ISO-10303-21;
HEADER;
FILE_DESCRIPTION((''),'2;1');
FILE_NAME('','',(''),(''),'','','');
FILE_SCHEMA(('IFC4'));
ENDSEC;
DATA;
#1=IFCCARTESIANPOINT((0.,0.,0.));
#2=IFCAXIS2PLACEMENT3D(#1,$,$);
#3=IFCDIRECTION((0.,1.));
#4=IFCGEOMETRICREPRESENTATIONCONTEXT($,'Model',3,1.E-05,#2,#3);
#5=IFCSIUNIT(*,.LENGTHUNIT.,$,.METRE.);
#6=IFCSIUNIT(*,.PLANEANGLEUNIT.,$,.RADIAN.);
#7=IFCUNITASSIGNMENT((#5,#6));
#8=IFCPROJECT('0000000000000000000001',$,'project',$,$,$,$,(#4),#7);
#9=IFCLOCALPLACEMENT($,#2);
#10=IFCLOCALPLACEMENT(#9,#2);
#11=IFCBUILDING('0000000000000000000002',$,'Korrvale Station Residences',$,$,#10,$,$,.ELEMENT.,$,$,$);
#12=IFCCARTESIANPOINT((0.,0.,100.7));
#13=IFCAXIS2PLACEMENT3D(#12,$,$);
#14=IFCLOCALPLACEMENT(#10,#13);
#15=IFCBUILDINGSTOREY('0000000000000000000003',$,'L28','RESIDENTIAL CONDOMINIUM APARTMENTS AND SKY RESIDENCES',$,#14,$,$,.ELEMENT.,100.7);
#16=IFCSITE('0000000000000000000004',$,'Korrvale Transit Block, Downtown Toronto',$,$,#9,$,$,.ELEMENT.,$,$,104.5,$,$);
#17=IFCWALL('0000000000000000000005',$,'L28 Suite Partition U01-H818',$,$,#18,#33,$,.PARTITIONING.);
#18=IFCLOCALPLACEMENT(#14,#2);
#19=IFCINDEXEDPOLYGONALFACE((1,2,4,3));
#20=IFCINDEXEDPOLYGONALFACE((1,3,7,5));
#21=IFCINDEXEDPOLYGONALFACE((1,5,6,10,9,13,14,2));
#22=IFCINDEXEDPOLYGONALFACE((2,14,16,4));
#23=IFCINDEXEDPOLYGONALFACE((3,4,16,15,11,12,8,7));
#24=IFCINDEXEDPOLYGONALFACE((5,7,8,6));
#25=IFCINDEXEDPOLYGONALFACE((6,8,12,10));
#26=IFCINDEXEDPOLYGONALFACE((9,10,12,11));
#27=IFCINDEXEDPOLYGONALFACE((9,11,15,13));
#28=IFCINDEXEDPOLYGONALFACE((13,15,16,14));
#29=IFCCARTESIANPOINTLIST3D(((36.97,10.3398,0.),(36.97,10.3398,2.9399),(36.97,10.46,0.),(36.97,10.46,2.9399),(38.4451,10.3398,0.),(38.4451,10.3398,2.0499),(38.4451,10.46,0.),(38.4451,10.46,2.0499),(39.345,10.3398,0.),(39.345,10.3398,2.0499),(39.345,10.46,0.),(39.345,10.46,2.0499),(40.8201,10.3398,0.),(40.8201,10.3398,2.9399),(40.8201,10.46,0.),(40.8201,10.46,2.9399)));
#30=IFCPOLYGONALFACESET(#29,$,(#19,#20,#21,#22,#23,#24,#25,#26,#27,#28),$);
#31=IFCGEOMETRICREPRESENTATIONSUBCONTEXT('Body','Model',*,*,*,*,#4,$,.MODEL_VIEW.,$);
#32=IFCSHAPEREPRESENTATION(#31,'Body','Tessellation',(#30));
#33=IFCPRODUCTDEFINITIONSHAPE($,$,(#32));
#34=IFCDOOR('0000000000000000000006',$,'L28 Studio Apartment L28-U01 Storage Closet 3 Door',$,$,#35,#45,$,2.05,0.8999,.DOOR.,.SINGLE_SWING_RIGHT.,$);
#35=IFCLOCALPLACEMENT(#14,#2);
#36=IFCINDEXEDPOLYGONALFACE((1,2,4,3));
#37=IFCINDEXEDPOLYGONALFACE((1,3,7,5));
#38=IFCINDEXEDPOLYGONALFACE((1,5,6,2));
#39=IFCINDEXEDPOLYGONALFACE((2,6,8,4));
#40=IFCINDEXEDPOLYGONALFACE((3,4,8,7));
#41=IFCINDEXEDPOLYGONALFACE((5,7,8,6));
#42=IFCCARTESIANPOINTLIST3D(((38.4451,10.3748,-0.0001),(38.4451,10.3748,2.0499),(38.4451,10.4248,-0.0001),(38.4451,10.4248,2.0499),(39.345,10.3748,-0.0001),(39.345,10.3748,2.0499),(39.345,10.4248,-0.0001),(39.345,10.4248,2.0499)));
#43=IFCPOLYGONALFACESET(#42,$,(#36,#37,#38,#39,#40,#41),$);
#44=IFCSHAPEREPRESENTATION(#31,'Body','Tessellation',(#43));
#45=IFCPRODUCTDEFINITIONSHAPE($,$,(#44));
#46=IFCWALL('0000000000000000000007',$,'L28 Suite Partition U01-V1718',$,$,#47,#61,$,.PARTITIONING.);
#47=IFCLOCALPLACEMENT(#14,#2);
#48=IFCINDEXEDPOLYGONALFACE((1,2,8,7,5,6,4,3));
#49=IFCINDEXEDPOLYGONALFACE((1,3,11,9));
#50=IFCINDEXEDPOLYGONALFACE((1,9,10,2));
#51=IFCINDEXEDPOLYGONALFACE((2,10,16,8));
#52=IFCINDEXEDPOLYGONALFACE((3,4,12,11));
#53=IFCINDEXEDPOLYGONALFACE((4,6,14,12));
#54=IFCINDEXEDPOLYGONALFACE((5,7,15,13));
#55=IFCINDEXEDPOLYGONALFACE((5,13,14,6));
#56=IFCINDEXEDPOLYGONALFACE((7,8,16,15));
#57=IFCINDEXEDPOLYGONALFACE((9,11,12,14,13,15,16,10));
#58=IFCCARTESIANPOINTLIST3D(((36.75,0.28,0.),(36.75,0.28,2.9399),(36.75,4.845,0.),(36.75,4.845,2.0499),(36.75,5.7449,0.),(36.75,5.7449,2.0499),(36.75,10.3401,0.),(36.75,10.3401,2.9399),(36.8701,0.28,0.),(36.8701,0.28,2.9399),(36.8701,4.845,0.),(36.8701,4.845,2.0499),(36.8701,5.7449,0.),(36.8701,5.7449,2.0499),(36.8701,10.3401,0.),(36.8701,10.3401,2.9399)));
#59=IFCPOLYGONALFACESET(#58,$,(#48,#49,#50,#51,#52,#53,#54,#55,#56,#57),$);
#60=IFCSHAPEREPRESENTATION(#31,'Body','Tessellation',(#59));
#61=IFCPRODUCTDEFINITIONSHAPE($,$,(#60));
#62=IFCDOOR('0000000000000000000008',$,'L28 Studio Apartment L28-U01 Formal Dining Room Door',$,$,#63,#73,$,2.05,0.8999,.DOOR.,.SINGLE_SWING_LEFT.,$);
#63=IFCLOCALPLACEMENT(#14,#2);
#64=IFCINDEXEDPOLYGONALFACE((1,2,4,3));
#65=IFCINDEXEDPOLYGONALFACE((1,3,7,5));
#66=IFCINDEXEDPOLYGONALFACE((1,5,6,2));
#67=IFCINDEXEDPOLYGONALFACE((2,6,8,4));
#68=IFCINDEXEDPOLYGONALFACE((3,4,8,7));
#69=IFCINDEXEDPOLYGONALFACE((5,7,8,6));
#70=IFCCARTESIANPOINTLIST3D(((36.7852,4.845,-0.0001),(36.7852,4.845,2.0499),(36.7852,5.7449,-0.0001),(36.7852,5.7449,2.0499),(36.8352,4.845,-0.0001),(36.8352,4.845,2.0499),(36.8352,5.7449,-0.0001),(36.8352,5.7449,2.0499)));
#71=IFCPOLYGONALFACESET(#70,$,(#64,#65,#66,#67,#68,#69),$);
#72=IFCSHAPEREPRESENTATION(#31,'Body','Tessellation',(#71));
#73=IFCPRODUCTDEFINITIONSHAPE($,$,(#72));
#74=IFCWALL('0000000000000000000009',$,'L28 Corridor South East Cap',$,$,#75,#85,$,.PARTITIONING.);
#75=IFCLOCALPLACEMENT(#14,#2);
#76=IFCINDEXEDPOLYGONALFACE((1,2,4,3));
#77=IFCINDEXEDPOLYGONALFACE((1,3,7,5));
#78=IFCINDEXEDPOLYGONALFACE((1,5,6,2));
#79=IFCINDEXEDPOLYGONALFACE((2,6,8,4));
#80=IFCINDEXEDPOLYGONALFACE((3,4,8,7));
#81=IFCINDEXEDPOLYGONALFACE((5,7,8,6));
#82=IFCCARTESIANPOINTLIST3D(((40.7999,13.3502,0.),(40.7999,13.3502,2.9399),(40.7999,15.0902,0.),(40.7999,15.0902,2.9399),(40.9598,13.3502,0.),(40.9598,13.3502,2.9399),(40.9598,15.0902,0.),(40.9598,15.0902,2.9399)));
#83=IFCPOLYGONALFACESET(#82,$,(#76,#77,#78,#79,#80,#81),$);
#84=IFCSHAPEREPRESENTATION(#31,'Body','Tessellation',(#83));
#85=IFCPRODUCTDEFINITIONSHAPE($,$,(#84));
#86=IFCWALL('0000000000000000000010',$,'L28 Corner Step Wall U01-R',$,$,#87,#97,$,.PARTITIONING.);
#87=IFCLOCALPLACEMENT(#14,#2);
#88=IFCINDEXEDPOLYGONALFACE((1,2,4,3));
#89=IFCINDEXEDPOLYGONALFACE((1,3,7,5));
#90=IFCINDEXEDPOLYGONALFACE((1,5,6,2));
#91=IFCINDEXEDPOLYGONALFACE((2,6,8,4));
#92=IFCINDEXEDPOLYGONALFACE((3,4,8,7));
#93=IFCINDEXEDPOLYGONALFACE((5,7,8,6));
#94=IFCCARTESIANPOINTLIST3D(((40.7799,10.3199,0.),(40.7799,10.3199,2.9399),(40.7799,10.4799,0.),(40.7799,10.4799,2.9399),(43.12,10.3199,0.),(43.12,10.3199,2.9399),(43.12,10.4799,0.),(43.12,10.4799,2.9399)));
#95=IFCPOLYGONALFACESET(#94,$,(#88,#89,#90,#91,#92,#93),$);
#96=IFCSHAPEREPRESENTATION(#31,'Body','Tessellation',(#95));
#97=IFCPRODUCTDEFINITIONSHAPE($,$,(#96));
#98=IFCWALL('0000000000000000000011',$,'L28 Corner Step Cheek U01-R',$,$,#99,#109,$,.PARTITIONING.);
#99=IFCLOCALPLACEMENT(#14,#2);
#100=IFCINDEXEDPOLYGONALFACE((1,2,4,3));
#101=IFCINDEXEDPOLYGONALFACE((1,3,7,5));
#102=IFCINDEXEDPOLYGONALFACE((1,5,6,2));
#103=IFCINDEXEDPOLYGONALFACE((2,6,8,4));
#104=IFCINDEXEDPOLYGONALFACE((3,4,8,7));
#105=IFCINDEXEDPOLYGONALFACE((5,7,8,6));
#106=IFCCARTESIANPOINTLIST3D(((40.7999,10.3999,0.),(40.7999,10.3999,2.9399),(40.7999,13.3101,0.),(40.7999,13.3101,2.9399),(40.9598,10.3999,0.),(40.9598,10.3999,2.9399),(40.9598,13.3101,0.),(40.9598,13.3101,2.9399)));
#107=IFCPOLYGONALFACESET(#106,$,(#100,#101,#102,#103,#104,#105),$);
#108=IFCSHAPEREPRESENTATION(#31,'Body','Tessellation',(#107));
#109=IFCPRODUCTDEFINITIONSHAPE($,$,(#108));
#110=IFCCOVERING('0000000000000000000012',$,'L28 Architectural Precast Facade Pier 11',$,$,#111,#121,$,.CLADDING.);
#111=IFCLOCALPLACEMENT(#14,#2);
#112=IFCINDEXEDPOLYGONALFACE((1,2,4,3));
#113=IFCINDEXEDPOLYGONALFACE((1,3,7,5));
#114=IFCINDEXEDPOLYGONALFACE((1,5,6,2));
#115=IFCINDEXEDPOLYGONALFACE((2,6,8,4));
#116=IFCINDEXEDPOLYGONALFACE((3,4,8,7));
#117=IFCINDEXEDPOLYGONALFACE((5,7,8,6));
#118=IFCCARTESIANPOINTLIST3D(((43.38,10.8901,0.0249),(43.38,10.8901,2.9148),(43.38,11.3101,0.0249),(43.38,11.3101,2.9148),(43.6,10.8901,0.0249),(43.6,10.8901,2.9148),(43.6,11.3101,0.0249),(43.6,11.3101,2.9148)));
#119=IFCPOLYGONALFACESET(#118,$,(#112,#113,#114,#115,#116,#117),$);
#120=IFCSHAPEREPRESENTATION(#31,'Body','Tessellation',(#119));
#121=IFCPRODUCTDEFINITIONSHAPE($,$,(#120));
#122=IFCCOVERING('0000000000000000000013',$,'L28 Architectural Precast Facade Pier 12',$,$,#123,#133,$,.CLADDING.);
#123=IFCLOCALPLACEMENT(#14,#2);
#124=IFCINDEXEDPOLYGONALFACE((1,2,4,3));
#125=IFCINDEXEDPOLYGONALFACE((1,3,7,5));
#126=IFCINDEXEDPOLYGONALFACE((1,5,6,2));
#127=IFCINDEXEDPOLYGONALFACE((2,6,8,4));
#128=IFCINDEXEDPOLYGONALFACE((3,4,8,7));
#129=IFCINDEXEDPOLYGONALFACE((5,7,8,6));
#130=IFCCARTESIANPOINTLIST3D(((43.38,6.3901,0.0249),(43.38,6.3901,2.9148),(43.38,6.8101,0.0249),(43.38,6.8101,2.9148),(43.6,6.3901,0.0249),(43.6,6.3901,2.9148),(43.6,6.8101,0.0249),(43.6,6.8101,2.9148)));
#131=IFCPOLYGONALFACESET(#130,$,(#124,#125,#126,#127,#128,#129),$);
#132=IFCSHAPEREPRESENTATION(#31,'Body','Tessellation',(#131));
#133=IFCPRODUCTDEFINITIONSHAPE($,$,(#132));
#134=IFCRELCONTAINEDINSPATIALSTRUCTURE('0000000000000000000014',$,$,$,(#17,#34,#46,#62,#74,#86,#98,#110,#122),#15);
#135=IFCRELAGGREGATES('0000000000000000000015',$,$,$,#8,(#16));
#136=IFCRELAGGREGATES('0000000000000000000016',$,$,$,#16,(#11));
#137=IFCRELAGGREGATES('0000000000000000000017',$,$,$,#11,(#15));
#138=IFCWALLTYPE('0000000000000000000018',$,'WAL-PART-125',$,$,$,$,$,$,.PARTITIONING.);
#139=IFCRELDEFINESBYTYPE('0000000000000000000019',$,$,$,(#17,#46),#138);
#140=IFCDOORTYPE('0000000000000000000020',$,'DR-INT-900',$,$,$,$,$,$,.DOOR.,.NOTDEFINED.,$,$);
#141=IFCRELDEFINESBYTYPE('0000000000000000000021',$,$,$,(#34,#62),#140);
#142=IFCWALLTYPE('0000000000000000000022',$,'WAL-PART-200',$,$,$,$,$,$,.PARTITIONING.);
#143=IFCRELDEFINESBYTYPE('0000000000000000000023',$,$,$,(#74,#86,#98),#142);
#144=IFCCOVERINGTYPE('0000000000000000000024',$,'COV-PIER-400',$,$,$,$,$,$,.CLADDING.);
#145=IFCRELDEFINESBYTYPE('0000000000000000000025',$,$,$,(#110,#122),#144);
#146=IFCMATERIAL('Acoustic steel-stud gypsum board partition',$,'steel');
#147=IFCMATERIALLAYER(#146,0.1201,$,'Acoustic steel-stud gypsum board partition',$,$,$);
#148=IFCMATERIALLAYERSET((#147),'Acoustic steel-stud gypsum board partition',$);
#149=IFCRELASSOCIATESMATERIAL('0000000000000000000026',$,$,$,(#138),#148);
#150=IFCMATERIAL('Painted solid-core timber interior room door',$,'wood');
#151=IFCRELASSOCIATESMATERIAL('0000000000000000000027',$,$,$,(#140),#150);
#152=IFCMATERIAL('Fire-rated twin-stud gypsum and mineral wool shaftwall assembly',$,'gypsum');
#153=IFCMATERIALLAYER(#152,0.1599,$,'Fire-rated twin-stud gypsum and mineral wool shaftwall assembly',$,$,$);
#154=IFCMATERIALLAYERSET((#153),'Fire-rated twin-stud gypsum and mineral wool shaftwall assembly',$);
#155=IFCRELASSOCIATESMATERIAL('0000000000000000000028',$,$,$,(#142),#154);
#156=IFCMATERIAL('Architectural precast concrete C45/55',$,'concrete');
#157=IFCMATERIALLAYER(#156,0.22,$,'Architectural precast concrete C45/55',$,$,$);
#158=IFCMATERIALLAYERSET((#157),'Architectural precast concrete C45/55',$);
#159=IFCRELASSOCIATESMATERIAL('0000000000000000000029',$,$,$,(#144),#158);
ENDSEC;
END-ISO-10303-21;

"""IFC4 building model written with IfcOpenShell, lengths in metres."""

from ifc_helpers import new_model, si_unit, direction, frame, frame_2d, origin, origin_2d, place, context, subcontext, project, spatial, rectangle, extrude, material, layer, layer_set, type_object, element, fill, save


model = new_model("IFC4")

# Units and contexts
model_context = context("Model", 3, precision=1e-05, world=origin(), true_north=direction((0.0, 1.0)))
body_context = subcontext(model_context, "Body", "Model", "MODEL_VIEW")
ifc_project = project(units=[si_unit("LENGTHUNIT", "METRE"), si_unit("PLANEANGLEUNIT", "RADIAN")], contexts=[model_context])

# Site, building, storey
site_placement = place(None, origin())
site = spatial("IfcSite", under=ifc_project, at=site_placement, Name="Korrvale Transit Block, Downtown Toronto", CompositionType="ELEMENT", RefElevation=104.5)
building_placement = place(site_placement, origin())
building = spatial("IfcBuilding", under=site, at=building_placement, Name="Korrvale Station Residences", CompositionType="ELEMENT")
storey_placement = place(building_placement, frame((0.0, 0.0, 100.7)))
storey = spatial("IfcBuildingStorey", under=building, at=storey_placement, Name="L28", Description="RESIDENTIAL CONDOMINIUM APARTMENTS AND SKY RESIDENCES", CompositionType="ELEMENT", Elevation=100.7)

# Walls, openings, doors
ifc_material_1 = material(Name="Acoustic steel-stud gypsum board partition", Category="steel")
ifc_layer_1 = layer(ifc_material_1, 0.1201, Name="Acoustic steel-stud gypsum board partition")
ifc_layer_set_1 = layer_set([ifc_layer_1], Name="Acoustic steel-stud gypsum board partition")
wall_type_1 = type_object("IfcWallType", Name="WAL-PART-125", PredefinedType="PARTITIONING", material=ifc_layer_set_1)
ifc_material_2 = material(Name="Painted solid-core timber interior room door", Category="wood")
door_type = type_object("IfcDoorType", Name="DR-INT-900", OperationType="NOTDEFINED", PredefinedType="DOOR", material=ifc_material_2)
wall_1_placement = place(storey_placement, frame((36.97, 10.3999, 0.0), z_axis=(0.0, 0.0, 1.0), x_axis=(1.0, 0.0, 0.0)))
wall_1 = element("IfcWall", 1, at=wall_1_placement, inside=storey, type_object=wall_type_1, Name="L28 Suite Partition U01-H818", PredefinedType="PARTITIONING", context=body_context, shape_type="SweptSolid", body=[
    extrude(rectangle(XDim=3.8501, YDim=0.1201, at=frame_2d((1.925, 0.0))), origin(), (0.0, 0.0, 1.0), 2.9399),
])
opening_1_placement = place(wall_1_placement, frame((1.4751, 0.0, 0.0)))
opening_1 = element("IfcOpeningElement", 2, at=opening_1_placement, cuts=wall_1, PredefinedType="OPENING", context=body_context, shape_type="SweptSolid", body=[
    extrude(rectangle(XDim=0.8999, YDim=2.05, at=frame_2d((0.45, 1.0249))), frame((0.0, 0.0701, 0.0), z_axis=(0.0, -1.0, 0.0), x_axis=(1.0, 0.0, 0.0)), (0.0, 0.0, 1.0), 0.1401),
])
door_1_placement = place(opening_1_placement, origin())
door_1 = element("IfcDoor", 3, at=door_1_placement, inside=storey, type_object=door_type, Name="L28 Studio Apartment L28-U01 Storage Closet 3 Door", OperationType="SINGLE_SWING_RIGHT", OverallHeight=2.05, OverallWidth=0.8999, PredefinedType="DOOR", context=body_context, shape_type="SweptSolid", body=[
    extrude(rectangle(XDim=0.8999, YDim=2.05, at=frame_2d((0.45, 1.0249))), frame((0.0, 0.0249, 0.0), z_axis=(0.0, -1.0, 0.0), x_axis=(1.0, 0.0, 0.0)), (0.0, 0.0, 1.0), 0.05),
])
fill(opening_1, door_1)
wall_2_placement = place(storey_placement, frame((36.8101, 0.28, 0.0), z_axis=(0.0, 0.0, 1.0), x_axis=(0.0, 1.0, 0.0)))
wall_2 = element("IfcWall", 4, at=wall_2_placement, inside=storey, type_object=wall_type_1, Name="L28 Suite Partition U01-V1718", PredefinedType="PARTITIONING", context=body_context, shape_type="SweptSolid", body=[
    extrude(rectangle(XDim=10.0601, YDim=0.1201, at=frame_2d((5.03, 0.0))), origin(), (0.0, 0.0, 1.0), 2.9399),
])
opening_2_placement = place(wall_2_placement, frame((4.5649, 0.0, 0.0)))
opening_2 = element("IfcOpeningElement", 5, at=opening_2_placement, cuts=wall_2, PredefinedType="OPENING", context=body_context, shape_type="SweptSolid", body=[
    extrude(rectangle(XDim=0.8999, YDim=2.05, at=frame_2d((0.45, 1.0249))), frame((0.0, 0.0701, 0.0), z_axis=(0.0, -1.0, 0.0), x_axis=(1.0, 0.0, 0.0)), (0.0, 0.0, 1.0), 0.1401),
])
door_2_placement = place(opening_2_placement, origin())
door_2 = element("IfcDoor", 6, at=door_2_placement, inside=storey, type_object=door_type, Name="L28 Studio Apartment L28-U01 Formal Dining Room Door", OperationType="SINGLE_SWING_LEFT", OverallHeight=2.05, OverallWidth=0.8999, PredefinedType="DOOR", context=body_context, shape_type="SweptSolid", body=[
    extrude(rectangle(XDim=0.8999, YDim=2.05, at=frame_2d((0.45, 1.0249))), frame((0.0, 0.0249, 0.0), z_axis=(0.0, -1.0, 0.0), x_axis=(1.0, 0.0, 0.0)), (0.0, 0.0, 1.0), 0.05),
])
fill(opening_2, door_2)

# Walls
ifc_material_3 = material(Name="Fire-rated twin-stud gypsum and mineral wool shaftwall assembly", Category="gypsum")
ifc_layer_2 = layer(ifc_material_3, 0.1599, Name="Fire-rated twin-stud gypsum and mineral wool shaftwall assembly")
ifc_layer_set_2 = layer_set([ifc_layer_2], Name="Fire-rated twin-stud gypsum and mineral wool shaftwall assembly")
wall_type_2 = type_object("IfcWallType", Name="WAL-PART-200", PredefinedType="PARTITIONING", material=ifc_layer_set_2)
wall_3_placement = place(storey_placement, frame((40.8799, 13.3501, 0.0), z_axis=(0.0, 0.0, 1.0), x_axis=(0.0, 1.0, 0.0)))
element("IfcWall", 7, at=wall_3_placement, inside=storey, type_object=wall_type_2, Name="L28 Corridor South East Cap", PredefinedType="PARTITIONING", context=body_context, shape_type="SweptSolid", body=[
    extrude(rectangle(XDim=1.74, YDim=0.1599, at=frame_2d((0.8701, 0.0))), origin(), (0.0, 0.0, 1.0), 2.9399),
])
wall_4_placement = place(storey_placement, frame((40.78, 10.3999, 0.0), z_axis=(0.0, 0.0, 1.0), x_axis=(1.0, 0.0, 0.0)))
element("IfcWall", 8, at=wall_4_placement, inside=storey, type_object=wall_type_2, Name="L28 Corner Step Wall U01-R", PredefinedType="PARTITIONING", context=body_context, shape_type="SweptSolid", body=[
    extrude(rectangle(XDim=2.3401, YDim=0.1599, at=frame_2d((1.1699, 0.0))), origin(), (0.0, 0.0, 1.0), 2.9399),
])
wall_5_placement = place(storey_placement, frame((40.8799, 10.3999, 0.0), z_axis=(0.0, 0.0, 1.0), x_axis=(0.0, 1.0, 0.0)))
element("IfcWall", 9, at=wall_5_placement, inside=storey, type_object=wall_type_2, Name="L28 Corner Step Cheek U01-R", PredefinedType="PARTITIONING", context=body_context, shape_type="SweptSolid", body=[
    extrude(rectangle(XDim=2.9102, YDim=0.1599, at=frame_2d((1.4551, 0.0))), origin(), (0.0, 0.0, 1.0), 2.9399),
])

# Coverings
ifc_material_4 = material(Name="Architectural precast concrete C45/55", Category="concrete")
ifc_layer_3 = layer(ifc_material_4, 0.22, Name="Architectural precast concrete C45/55")
ifc_layer_set_3 = layer_set([ifc_layer_3], Name="Architectural precast concrete C45/55")
covering_type = type_object("IfcCoveringType", Name="COV-PIER-400", PredefinedType="CLADDING", material=ifc_layer_set_3)
for number, where, z_axis, x_axis, name in (
    (10, (43.49, 11.1001, 0.0249), (0.0, 0.0, 1.0), (0.0, 1.0, 0.0), "L28 Architectural Precast Facade Pier 11"),
    (11, (43.49, 6.6001, 0.0249), (0.0, 0.0, 1.0), (0.0, 1.0, 0.0), "L28 Architectural Precast Facade Pier 12"),
):
    element("IfcCovering", number, at=place(storey_placement, frame(where, z_axis=z_axis, x_axis=x_axis)), inside=storey, type_object=covering_type, Name=name, PredefinedType="CLADDING", context=body_context, shape_type="SweptSolid", body=[
        extrude(rectangle(XDim=0.4199, YDim=0.22, at=origin_2d()), origin(), (0.0, 0.0, 1.0), 2.8899),
    ])

save(model, "model.ifc")
